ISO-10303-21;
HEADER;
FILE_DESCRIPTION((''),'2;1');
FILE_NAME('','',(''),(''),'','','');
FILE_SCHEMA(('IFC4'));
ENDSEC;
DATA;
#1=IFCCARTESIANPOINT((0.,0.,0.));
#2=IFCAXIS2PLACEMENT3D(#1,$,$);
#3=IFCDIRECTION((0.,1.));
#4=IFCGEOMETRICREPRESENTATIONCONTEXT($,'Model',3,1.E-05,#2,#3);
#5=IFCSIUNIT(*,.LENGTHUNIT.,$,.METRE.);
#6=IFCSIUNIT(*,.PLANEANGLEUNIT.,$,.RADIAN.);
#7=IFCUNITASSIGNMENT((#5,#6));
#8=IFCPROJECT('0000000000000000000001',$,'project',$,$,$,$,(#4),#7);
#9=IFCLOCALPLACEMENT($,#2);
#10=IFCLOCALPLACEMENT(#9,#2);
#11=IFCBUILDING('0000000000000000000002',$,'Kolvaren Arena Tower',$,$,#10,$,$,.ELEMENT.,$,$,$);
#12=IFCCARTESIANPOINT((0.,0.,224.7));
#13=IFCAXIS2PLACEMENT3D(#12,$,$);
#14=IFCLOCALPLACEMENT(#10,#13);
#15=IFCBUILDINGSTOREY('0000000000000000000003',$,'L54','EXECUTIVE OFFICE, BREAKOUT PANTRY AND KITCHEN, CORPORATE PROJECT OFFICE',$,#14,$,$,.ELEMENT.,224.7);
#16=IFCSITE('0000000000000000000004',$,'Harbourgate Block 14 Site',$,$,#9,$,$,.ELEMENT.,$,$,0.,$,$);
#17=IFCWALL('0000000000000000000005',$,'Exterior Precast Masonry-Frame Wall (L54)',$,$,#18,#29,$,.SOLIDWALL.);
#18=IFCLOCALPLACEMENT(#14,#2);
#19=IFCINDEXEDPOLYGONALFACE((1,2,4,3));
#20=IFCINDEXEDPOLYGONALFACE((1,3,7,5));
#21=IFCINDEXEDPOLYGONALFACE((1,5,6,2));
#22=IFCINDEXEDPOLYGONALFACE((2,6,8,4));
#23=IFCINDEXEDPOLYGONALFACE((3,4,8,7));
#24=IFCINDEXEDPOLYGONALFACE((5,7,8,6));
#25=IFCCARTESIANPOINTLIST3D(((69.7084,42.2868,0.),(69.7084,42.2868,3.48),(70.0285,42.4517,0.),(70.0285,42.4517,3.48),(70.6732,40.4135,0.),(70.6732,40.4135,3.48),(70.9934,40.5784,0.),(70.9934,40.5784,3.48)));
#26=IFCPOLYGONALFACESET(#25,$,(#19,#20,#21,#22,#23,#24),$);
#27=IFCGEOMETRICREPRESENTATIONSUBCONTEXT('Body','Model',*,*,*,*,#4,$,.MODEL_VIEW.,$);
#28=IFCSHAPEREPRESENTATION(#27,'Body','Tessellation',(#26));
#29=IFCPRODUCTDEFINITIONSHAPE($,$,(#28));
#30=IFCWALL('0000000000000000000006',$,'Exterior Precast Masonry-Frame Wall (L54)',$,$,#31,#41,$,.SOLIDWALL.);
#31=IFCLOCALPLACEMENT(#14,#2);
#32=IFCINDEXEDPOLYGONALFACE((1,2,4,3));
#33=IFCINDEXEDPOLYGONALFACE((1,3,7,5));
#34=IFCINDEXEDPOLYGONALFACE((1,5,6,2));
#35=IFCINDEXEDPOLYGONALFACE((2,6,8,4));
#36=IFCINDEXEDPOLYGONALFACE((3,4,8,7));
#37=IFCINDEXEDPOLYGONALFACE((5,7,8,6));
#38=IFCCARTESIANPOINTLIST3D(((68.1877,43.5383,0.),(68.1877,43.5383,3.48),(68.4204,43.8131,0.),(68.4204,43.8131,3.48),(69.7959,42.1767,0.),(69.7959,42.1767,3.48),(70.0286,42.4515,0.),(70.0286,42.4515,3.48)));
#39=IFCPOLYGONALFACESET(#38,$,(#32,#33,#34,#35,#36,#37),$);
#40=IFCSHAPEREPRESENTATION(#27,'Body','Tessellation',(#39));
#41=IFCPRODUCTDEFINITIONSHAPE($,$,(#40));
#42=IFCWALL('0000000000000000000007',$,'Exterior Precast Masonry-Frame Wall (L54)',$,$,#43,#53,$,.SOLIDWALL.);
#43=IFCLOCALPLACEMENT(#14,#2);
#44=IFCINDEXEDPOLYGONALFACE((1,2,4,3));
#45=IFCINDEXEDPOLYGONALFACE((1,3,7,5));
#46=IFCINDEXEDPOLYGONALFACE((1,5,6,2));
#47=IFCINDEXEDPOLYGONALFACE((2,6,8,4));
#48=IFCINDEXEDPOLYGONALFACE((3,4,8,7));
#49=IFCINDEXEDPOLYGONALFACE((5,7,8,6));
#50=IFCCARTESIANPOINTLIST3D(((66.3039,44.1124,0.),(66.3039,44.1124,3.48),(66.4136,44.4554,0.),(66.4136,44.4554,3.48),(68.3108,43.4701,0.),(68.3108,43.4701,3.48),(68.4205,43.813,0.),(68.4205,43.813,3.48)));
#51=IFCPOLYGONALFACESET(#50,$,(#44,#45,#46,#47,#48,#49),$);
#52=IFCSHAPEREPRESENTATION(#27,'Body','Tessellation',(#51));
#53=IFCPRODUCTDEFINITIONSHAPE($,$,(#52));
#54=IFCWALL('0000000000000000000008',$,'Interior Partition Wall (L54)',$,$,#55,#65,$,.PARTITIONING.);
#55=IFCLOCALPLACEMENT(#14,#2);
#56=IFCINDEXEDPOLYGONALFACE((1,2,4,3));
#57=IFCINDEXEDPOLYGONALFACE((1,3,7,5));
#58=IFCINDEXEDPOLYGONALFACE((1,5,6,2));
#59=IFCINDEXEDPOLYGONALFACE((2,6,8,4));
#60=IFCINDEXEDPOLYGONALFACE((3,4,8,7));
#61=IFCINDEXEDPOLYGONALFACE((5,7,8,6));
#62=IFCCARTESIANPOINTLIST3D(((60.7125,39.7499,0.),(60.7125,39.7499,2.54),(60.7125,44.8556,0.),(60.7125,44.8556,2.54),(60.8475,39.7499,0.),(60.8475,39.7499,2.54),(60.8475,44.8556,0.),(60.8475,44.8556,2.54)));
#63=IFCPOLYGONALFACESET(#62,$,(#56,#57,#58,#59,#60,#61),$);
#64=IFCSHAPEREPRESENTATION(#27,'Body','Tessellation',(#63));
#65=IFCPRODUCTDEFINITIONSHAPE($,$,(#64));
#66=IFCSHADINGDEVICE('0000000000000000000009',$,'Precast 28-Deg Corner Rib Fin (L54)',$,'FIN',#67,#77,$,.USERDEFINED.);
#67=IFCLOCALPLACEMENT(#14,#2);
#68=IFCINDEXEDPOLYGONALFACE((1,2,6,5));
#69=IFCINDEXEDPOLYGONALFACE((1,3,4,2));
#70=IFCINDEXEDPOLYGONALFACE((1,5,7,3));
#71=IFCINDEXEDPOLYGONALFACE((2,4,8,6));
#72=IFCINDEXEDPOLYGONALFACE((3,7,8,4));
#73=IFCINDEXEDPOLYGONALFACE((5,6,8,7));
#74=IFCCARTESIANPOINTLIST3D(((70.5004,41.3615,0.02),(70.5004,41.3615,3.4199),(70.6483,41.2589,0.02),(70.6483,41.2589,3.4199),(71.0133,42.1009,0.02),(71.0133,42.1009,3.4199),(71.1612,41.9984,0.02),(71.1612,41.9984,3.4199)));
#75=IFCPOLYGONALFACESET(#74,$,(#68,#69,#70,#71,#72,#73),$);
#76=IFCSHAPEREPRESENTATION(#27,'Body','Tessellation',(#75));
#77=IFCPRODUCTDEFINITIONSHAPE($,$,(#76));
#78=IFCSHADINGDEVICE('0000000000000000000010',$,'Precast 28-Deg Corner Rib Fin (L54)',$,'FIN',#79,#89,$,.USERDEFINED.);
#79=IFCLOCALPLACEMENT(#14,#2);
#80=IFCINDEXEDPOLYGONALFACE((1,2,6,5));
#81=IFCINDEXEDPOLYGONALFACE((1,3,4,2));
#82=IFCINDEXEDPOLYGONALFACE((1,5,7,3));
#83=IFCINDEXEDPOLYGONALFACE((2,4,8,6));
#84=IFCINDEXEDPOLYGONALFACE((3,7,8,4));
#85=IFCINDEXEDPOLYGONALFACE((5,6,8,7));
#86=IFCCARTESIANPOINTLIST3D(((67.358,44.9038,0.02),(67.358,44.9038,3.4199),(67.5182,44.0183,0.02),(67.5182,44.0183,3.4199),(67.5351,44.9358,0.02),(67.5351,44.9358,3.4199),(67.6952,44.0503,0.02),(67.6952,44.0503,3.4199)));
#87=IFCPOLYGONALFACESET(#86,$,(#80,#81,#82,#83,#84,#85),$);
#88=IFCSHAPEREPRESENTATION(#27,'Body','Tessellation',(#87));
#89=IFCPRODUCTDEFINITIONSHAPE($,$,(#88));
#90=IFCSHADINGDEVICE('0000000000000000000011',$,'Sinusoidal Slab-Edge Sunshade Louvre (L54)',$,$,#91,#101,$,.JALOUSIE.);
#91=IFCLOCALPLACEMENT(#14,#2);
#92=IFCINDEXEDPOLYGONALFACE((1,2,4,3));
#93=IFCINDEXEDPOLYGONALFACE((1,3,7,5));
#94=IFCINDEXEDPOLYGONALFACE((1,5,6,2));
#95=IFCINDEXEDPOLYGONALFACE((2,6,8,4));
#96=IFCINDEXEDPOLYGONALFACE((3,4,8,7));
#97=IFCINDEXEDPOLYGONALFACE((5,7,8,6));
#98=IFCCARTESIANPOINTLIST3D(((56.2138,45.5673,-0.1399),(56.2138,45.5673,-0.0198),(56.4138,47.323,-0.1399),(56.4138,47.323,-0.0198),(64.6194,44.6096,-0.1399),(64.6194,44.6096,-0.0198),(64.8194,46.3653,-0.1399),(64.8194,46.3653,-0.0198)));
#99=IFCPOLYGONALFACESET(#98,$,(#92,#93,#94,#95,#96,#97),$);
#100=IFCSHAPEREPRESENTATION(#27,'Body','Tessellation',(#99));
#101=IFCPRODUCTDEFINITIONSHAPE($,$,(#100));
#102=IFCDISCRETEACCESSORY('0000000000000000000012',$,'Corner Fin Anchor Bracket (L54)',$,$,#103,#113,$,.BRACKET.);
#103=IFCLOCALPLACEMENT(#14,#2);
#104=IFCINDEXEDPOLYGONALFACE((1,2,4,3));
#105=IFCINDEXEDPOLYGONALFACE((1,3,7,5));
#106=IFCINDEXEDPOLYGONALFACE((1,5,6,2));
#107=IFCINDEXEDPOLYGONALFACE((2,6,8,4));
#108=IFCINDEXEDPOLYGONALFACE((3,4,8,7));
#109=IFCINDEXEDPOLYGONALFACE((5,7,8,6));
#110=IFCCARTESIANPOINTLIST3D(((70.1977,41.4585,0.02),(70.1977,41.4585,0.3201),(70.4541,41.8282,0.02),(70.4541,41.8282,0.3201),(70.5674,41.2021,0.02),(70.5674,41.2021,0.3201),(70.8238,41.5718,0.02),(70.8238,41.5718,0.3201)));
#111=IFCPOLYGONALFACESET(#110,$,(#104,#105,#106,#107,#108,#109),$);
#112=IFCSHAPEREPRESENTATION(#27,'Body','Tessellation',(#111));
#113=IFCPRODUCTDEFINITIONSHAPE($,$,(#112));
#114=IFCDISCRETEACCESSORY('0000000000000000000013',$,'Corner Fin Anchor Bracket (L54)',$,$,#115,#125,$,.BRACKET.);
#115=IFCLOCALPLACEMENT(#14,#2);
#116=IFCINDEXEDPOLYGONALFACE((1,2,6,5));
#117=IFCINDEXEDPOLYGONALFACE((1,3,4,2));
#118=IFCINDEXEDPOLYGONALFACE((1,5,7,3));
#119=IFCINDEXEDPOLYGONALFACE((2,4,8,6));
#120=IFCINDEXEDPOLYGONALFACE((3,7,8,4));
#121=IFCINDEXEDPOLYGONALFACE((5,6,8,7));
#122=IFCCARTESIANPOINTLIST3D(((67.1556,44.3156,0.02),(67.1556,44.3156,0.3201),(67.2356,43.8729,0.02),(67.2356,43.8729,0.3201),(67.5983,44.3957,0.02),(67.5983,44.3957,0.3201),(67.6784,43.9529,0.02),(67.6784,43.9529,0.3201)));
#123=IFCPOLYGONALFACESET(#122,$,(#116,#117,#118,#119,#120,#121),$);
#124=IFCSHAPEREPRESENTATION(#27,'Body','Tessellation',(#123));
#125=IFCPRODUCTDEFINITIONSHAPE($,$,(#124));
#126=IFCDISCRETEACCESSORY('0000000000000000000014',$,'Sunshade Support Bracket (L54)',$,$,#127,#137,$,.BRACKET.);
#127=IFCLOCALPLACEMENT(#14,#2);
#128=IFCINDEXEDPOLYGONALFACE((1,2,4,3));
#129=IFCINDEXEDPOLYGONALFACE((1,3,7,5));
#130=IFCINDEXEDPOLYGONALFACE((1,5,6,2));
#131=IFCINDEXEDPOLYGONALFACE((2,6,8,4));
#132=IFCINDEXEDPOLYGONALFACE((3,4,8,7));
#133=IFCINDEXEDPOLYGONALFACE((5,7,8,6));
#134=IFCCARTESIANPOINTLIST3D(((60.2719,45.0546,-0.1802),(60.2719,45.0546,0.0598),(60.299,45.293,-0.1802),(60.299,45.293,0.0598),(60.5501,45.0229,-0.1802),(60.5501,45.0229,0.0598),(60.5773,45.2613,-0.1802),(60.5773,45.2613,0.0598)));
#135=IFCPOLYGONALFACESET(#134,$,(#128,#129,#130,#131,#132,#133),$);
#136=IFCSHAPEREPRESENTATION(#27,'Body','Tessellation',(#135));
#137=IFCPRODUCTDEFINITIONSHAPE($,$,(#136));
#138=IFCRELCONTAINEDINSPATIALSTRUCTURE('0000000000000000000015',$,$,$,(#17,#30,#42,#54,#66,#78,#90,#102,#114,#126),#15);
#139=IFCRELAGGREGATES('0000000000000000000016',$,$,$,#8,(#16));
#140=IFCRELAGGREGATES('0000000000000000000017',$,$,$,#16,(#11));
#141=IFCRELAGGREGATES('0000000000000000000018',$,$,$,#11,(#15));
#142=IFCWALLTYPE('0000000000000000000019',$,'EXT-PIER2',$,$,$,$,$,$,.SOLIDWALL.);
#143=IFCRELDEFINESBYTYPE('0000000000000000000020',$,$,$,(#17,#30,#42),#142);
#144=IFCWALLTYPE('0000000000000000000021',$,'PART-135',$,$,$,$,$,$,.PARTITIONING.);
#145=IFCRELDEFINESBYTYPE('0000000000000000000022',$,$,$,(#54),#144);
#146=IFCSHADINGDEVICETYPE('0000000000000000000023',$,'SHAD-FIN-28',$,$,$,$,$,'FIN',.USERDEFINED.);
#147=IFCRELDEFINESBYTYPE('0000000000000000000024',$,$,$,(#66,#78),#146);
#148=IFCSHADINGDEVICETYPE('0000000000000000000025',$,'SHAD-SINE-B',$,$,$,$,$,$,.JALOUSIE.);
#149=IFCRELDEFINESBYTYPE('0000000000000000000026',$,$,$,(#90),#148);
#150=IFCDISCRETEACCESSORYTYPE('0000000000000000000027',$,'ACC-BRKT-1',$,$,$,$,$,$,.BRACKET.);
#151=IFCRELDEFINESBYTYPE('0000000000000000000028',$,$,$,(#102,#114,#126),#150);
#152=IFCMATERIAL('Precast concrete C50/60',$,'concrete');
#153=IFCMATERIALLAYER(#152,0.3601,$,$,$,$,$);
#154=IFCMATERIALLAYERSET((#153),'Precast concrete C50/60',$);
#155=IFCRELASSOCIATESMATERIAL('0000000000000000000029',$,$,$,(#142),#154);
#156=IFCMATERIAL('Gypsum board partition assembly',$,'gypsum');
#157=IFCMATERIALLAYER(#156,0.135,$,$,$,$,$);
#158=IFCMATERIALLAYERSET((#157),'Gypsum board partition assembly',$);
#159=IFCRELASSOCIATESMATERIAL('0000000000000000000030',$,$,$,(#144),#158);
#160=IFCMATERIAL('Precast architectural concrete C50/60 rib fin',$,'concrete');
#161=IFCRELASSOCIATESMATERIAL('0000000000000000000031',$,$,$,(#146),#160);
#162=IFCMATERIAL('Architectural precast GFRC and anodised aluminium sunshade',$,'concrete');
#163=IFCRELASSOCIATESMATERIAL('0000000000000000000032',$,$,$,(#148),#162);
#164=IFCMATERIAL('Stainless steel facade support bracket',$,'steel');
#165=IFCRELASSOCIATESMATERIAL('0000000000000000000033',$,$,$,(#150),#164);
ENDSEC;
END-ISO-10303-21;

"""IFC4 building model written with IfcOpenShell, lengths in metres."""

from ifc_helpers import new_model, si_unit, direction, frame, frame_2d, origin, origin_2d, place, context, subcontext, project, spatial, rectangle, extrude, material, layer, layer_set, type_object, element, save


model = new_model("IFC4")

# Units and contexts
model_context = context("Model", 3, precision=1e-05, world=origin(), true_north=direction((0.0, 1.0)))
body_context = subcontext(model_context, "Body", "Model", "MODEL_VIEW")
ifc_project = project(units=[si_unit("LENGTHUNIT", "METRE"), si_unit("PLANEANGLEUNIT", "RADIAN")], contexts=[model_context])

# Site, building, storey
site_placement = place(None, origin())
site = spatial("IfcSite", under=ifc_project, at=site_placement, Name="Harbourgate Block 14 Site", CompositionType="ELEMENT", RefElevation=0.0)
building_placement = place(site_placement, origin())
building = spatial("IfcBuilding", under=site, at=building_placement, Name="Kolvaren Arena Tower", CompositionType="ELEMENT")
storey_placement = place(building_placement, frame((0.0, 0.0, 224.7)))
storey = spatial("IfcBuildingStorey", under=building, at=storey_placement, Name="L54", Description="EXECUTIVE OFFICE, BREAKOUT PANTRY AND KITCHEN, CORPORATE PROJECT OFFICE", CompositionType="ELEMENT", Elevation=224.7)

# Shared definitions
ifc_material_1 = material(Name="Precast concrete C50/60", Category="concrete")
ifc_layer_1 = layer(ifc_material_1, 0.3601)
ifc_layer_set_1 = layer_set([ifc_layer_1], Name="Precast concrete C50/60")
wall_type_1 = type_object("IfcWallType", Name="EXT-PIER2", PredefinedType="SOLIDWALL", material=ifc_layer_set_1)

# Walls
for number, where, z_axis, x_axis, name in (
    (1, (69.8684, 42.3694, 0.0), (0.0, 0.0, 1.0), (0.457887, -0.88901, 0.0), "Exterior Precast Masonry-Frame Wall (L54)"),
    (2, (68.304, 43.6758, 0.0), (0.0, 0.0, 1.0), (0.763193, -0.646171, 0.0), "Exterior Precast Masonry-Frame Wall (L54)"),
    (3, (66.3586, 44.2839, 0.0), (0.0, 0.0, 1.0), (0.952404, -0.304839, 0.0), "Exterior Precast Masonry-Frame Wall (L54)"),
):
    element("IfcWall", number, at=place(storey_placement, frame(where, z_axis=z_axis, x_axis=x_axis)), inside=storey, type_object=wall_type_1, Name=name, PredefinedType="SOLIDWALL", context=body_context, shape_type="SweptSolid", body=[
        extrude(rectangle(XDim=2.1072, YDim=0.3601, at=frame_2d((1.0537, 0.0))), origin(), (0.0, 0.0, 1.0), 3.48),
    ])
ifc_material_2 = material(Name="Gypsum board partition assembly", Category="gypsum")
ifc_layer_2 = layer(ifc_material_2, 0.135)
ifc_layer_set_2 = layer_set([ifc_layer_2], Name="Gypsum board partition assembly")
wall_type_2 = type_object("IfcWallType", Name="PART-135", PredefinedType="PARTITIONING", material=ifc_layer_set_2)
wall_1_placement = place(storey_placement, frame((60.78, 39.75, 0.0), z_axis=(0.0, 0.0, 1.0), x_axis=(0.0, 1.0, 0.0)))
element("IfcWall", 4, at=wall_1_placement, inside=storey, type_object=wall_type_2, Name="Interior Partition Wall (L54)", PredefinedType="PARTITIONING", context=body_context, shape_type="SweptSolid", body=[
    extrude(rectangle(XDim=5.1057, YDim=0.135, at=frame_2d((2.5527, 0.0))), origin(), (0.0, 0.0, 1.0), 2.54),
])

# Shading devices
ifc_material_3 = material(Name="Precast architectural concrete C50/60 rib fin", Category="concrete")
shading_device_type_1 = type_object("IfcShadingDeviceType", Name="SHAD-FIN-28", ElementType="FIN", PredefinedType="USERDEFINED", material=ifc_material_3)
for number, where, z_axis, x_axis, name in (
    (5, (70.8308, 41.6799, 0.02), (0.0, 0.0, 1.0), (0.569965, 0.821669, 0.0), "Precast 28-Deg Corner Rib Fin (L54)"),
    (6, (67.5266, 44.4771, 0.02), (0.0, 0.0, 1.0), (-0.177966, 0.984037, 0.0), "Precast 28-Deg Corner Rib Fin (L54)"),
):
    element("IfcShadingDevice", number, at=place(storey_placement, frame(where, z_axis=z_axis, x_axis=x_axis)), inside=storey, type_object=shading_device_type_1, Name=name, ObjectType="FIN", PredefinedType="USERDEFINED", context=body_context, shape_type="SweptSolid", body=[
        extrude(rectangle(XDim=0.8999, YDim=0.1799, at=origin_2d()), origin(), (0.0, 0.0, 1.0), 3.3999),
    ])
ifc_material_4 = material(Name="Architectural precast GFRC and anodised aluminium sunshade", Category="concrete")
shading_device_type_2 = type_object("IfcShadingDeviceType", Name="SHAD-SINE-B", PredefinedType="JALOUSIE", material=ifc_material_4)
shading_device_placement = place(storey_placement, frame((60.5166, 45.9663, -0.1399), z_axis=(0.0, 0.0, 1.0), x_axis=(0.993572, -0.113205, 0.0)))
element("IfcShadingDevice", 7, at=shading_device_placement, inside=storey, type_object=shading_device_type_2, Name="Sinusoidal Slab-Edge Sunshade Louvre (L54)", PredefinedType="JALOUSIE", context=body_context, shape_type="SweptSolid", body=[
    extrude(rectangle(XDim=8.46, YDim=1.7671, at=origin_2d()), origin(), (0.0, 0.0, 1.0), 0.1201),
])

# Discrete accessories
ifc_material_5 = material(Name="Stainless steel facade support bracket", Category="steel")
discrete_accessory_type = type_object("IfcDiscreteAccessoryType", Name="ACC-BRKT-1", PredefinedType="BRACKET", material=ifc_material_5)
for number, where, z_axis, x_axis, name in (
    (8, (70.5107, 41.5151, 0.02), (0.0, 0.0, 1.0), (0.569965, 0.821669, 0.0), "Corner Fin Anchor Bracket (L54)"),
    (9, (67.417, 44.1343, 0.02), (0.0, 0.0, 1.0), (-0.177966, 0.984037, 0.0), "Corner Fin Anchor Bracket (L54)"),
):
    element("IfcDiscreteAccessory", number, at=place(storey_placement, frame(where, z_axis=z_axis, x_axis=x_axis)), inside=storey, type_object=discrete_accessory_type, Name=name, PredefinedType="BRACKET", context=body_context, shape_type="SweptSolid", body=[
        extrude(rectangle(XDim=0.45, YDim=0.45, at=origin_2d()), origin(), (0.0, 0.0, 1.0), 0.3),
    ])
discrete_accessory_placement = place(storey_placement, frame((60.4246, 45.158, -0.1802), z_axis=(0.0, 0.0, 1.0), x_axis=(0.993572, -0.113205, 0.0)))
element("IfcDiscreteAccessory", 10, at=discrete_accessory_placement, inside=storey, type_object=discrete_accessory_type, Name="Sunshade Support Bracket (L54)", PredefinedType="BRACKET", context=body_context, shape_type="SweptSolid", body=[
    extrude(rectangle(XDim=0.28, YDim=0.24, at=origin_2d()), origin(), (0.0, 0.0, 1.0), 0.24),
])

save(model, "model.ifc")
